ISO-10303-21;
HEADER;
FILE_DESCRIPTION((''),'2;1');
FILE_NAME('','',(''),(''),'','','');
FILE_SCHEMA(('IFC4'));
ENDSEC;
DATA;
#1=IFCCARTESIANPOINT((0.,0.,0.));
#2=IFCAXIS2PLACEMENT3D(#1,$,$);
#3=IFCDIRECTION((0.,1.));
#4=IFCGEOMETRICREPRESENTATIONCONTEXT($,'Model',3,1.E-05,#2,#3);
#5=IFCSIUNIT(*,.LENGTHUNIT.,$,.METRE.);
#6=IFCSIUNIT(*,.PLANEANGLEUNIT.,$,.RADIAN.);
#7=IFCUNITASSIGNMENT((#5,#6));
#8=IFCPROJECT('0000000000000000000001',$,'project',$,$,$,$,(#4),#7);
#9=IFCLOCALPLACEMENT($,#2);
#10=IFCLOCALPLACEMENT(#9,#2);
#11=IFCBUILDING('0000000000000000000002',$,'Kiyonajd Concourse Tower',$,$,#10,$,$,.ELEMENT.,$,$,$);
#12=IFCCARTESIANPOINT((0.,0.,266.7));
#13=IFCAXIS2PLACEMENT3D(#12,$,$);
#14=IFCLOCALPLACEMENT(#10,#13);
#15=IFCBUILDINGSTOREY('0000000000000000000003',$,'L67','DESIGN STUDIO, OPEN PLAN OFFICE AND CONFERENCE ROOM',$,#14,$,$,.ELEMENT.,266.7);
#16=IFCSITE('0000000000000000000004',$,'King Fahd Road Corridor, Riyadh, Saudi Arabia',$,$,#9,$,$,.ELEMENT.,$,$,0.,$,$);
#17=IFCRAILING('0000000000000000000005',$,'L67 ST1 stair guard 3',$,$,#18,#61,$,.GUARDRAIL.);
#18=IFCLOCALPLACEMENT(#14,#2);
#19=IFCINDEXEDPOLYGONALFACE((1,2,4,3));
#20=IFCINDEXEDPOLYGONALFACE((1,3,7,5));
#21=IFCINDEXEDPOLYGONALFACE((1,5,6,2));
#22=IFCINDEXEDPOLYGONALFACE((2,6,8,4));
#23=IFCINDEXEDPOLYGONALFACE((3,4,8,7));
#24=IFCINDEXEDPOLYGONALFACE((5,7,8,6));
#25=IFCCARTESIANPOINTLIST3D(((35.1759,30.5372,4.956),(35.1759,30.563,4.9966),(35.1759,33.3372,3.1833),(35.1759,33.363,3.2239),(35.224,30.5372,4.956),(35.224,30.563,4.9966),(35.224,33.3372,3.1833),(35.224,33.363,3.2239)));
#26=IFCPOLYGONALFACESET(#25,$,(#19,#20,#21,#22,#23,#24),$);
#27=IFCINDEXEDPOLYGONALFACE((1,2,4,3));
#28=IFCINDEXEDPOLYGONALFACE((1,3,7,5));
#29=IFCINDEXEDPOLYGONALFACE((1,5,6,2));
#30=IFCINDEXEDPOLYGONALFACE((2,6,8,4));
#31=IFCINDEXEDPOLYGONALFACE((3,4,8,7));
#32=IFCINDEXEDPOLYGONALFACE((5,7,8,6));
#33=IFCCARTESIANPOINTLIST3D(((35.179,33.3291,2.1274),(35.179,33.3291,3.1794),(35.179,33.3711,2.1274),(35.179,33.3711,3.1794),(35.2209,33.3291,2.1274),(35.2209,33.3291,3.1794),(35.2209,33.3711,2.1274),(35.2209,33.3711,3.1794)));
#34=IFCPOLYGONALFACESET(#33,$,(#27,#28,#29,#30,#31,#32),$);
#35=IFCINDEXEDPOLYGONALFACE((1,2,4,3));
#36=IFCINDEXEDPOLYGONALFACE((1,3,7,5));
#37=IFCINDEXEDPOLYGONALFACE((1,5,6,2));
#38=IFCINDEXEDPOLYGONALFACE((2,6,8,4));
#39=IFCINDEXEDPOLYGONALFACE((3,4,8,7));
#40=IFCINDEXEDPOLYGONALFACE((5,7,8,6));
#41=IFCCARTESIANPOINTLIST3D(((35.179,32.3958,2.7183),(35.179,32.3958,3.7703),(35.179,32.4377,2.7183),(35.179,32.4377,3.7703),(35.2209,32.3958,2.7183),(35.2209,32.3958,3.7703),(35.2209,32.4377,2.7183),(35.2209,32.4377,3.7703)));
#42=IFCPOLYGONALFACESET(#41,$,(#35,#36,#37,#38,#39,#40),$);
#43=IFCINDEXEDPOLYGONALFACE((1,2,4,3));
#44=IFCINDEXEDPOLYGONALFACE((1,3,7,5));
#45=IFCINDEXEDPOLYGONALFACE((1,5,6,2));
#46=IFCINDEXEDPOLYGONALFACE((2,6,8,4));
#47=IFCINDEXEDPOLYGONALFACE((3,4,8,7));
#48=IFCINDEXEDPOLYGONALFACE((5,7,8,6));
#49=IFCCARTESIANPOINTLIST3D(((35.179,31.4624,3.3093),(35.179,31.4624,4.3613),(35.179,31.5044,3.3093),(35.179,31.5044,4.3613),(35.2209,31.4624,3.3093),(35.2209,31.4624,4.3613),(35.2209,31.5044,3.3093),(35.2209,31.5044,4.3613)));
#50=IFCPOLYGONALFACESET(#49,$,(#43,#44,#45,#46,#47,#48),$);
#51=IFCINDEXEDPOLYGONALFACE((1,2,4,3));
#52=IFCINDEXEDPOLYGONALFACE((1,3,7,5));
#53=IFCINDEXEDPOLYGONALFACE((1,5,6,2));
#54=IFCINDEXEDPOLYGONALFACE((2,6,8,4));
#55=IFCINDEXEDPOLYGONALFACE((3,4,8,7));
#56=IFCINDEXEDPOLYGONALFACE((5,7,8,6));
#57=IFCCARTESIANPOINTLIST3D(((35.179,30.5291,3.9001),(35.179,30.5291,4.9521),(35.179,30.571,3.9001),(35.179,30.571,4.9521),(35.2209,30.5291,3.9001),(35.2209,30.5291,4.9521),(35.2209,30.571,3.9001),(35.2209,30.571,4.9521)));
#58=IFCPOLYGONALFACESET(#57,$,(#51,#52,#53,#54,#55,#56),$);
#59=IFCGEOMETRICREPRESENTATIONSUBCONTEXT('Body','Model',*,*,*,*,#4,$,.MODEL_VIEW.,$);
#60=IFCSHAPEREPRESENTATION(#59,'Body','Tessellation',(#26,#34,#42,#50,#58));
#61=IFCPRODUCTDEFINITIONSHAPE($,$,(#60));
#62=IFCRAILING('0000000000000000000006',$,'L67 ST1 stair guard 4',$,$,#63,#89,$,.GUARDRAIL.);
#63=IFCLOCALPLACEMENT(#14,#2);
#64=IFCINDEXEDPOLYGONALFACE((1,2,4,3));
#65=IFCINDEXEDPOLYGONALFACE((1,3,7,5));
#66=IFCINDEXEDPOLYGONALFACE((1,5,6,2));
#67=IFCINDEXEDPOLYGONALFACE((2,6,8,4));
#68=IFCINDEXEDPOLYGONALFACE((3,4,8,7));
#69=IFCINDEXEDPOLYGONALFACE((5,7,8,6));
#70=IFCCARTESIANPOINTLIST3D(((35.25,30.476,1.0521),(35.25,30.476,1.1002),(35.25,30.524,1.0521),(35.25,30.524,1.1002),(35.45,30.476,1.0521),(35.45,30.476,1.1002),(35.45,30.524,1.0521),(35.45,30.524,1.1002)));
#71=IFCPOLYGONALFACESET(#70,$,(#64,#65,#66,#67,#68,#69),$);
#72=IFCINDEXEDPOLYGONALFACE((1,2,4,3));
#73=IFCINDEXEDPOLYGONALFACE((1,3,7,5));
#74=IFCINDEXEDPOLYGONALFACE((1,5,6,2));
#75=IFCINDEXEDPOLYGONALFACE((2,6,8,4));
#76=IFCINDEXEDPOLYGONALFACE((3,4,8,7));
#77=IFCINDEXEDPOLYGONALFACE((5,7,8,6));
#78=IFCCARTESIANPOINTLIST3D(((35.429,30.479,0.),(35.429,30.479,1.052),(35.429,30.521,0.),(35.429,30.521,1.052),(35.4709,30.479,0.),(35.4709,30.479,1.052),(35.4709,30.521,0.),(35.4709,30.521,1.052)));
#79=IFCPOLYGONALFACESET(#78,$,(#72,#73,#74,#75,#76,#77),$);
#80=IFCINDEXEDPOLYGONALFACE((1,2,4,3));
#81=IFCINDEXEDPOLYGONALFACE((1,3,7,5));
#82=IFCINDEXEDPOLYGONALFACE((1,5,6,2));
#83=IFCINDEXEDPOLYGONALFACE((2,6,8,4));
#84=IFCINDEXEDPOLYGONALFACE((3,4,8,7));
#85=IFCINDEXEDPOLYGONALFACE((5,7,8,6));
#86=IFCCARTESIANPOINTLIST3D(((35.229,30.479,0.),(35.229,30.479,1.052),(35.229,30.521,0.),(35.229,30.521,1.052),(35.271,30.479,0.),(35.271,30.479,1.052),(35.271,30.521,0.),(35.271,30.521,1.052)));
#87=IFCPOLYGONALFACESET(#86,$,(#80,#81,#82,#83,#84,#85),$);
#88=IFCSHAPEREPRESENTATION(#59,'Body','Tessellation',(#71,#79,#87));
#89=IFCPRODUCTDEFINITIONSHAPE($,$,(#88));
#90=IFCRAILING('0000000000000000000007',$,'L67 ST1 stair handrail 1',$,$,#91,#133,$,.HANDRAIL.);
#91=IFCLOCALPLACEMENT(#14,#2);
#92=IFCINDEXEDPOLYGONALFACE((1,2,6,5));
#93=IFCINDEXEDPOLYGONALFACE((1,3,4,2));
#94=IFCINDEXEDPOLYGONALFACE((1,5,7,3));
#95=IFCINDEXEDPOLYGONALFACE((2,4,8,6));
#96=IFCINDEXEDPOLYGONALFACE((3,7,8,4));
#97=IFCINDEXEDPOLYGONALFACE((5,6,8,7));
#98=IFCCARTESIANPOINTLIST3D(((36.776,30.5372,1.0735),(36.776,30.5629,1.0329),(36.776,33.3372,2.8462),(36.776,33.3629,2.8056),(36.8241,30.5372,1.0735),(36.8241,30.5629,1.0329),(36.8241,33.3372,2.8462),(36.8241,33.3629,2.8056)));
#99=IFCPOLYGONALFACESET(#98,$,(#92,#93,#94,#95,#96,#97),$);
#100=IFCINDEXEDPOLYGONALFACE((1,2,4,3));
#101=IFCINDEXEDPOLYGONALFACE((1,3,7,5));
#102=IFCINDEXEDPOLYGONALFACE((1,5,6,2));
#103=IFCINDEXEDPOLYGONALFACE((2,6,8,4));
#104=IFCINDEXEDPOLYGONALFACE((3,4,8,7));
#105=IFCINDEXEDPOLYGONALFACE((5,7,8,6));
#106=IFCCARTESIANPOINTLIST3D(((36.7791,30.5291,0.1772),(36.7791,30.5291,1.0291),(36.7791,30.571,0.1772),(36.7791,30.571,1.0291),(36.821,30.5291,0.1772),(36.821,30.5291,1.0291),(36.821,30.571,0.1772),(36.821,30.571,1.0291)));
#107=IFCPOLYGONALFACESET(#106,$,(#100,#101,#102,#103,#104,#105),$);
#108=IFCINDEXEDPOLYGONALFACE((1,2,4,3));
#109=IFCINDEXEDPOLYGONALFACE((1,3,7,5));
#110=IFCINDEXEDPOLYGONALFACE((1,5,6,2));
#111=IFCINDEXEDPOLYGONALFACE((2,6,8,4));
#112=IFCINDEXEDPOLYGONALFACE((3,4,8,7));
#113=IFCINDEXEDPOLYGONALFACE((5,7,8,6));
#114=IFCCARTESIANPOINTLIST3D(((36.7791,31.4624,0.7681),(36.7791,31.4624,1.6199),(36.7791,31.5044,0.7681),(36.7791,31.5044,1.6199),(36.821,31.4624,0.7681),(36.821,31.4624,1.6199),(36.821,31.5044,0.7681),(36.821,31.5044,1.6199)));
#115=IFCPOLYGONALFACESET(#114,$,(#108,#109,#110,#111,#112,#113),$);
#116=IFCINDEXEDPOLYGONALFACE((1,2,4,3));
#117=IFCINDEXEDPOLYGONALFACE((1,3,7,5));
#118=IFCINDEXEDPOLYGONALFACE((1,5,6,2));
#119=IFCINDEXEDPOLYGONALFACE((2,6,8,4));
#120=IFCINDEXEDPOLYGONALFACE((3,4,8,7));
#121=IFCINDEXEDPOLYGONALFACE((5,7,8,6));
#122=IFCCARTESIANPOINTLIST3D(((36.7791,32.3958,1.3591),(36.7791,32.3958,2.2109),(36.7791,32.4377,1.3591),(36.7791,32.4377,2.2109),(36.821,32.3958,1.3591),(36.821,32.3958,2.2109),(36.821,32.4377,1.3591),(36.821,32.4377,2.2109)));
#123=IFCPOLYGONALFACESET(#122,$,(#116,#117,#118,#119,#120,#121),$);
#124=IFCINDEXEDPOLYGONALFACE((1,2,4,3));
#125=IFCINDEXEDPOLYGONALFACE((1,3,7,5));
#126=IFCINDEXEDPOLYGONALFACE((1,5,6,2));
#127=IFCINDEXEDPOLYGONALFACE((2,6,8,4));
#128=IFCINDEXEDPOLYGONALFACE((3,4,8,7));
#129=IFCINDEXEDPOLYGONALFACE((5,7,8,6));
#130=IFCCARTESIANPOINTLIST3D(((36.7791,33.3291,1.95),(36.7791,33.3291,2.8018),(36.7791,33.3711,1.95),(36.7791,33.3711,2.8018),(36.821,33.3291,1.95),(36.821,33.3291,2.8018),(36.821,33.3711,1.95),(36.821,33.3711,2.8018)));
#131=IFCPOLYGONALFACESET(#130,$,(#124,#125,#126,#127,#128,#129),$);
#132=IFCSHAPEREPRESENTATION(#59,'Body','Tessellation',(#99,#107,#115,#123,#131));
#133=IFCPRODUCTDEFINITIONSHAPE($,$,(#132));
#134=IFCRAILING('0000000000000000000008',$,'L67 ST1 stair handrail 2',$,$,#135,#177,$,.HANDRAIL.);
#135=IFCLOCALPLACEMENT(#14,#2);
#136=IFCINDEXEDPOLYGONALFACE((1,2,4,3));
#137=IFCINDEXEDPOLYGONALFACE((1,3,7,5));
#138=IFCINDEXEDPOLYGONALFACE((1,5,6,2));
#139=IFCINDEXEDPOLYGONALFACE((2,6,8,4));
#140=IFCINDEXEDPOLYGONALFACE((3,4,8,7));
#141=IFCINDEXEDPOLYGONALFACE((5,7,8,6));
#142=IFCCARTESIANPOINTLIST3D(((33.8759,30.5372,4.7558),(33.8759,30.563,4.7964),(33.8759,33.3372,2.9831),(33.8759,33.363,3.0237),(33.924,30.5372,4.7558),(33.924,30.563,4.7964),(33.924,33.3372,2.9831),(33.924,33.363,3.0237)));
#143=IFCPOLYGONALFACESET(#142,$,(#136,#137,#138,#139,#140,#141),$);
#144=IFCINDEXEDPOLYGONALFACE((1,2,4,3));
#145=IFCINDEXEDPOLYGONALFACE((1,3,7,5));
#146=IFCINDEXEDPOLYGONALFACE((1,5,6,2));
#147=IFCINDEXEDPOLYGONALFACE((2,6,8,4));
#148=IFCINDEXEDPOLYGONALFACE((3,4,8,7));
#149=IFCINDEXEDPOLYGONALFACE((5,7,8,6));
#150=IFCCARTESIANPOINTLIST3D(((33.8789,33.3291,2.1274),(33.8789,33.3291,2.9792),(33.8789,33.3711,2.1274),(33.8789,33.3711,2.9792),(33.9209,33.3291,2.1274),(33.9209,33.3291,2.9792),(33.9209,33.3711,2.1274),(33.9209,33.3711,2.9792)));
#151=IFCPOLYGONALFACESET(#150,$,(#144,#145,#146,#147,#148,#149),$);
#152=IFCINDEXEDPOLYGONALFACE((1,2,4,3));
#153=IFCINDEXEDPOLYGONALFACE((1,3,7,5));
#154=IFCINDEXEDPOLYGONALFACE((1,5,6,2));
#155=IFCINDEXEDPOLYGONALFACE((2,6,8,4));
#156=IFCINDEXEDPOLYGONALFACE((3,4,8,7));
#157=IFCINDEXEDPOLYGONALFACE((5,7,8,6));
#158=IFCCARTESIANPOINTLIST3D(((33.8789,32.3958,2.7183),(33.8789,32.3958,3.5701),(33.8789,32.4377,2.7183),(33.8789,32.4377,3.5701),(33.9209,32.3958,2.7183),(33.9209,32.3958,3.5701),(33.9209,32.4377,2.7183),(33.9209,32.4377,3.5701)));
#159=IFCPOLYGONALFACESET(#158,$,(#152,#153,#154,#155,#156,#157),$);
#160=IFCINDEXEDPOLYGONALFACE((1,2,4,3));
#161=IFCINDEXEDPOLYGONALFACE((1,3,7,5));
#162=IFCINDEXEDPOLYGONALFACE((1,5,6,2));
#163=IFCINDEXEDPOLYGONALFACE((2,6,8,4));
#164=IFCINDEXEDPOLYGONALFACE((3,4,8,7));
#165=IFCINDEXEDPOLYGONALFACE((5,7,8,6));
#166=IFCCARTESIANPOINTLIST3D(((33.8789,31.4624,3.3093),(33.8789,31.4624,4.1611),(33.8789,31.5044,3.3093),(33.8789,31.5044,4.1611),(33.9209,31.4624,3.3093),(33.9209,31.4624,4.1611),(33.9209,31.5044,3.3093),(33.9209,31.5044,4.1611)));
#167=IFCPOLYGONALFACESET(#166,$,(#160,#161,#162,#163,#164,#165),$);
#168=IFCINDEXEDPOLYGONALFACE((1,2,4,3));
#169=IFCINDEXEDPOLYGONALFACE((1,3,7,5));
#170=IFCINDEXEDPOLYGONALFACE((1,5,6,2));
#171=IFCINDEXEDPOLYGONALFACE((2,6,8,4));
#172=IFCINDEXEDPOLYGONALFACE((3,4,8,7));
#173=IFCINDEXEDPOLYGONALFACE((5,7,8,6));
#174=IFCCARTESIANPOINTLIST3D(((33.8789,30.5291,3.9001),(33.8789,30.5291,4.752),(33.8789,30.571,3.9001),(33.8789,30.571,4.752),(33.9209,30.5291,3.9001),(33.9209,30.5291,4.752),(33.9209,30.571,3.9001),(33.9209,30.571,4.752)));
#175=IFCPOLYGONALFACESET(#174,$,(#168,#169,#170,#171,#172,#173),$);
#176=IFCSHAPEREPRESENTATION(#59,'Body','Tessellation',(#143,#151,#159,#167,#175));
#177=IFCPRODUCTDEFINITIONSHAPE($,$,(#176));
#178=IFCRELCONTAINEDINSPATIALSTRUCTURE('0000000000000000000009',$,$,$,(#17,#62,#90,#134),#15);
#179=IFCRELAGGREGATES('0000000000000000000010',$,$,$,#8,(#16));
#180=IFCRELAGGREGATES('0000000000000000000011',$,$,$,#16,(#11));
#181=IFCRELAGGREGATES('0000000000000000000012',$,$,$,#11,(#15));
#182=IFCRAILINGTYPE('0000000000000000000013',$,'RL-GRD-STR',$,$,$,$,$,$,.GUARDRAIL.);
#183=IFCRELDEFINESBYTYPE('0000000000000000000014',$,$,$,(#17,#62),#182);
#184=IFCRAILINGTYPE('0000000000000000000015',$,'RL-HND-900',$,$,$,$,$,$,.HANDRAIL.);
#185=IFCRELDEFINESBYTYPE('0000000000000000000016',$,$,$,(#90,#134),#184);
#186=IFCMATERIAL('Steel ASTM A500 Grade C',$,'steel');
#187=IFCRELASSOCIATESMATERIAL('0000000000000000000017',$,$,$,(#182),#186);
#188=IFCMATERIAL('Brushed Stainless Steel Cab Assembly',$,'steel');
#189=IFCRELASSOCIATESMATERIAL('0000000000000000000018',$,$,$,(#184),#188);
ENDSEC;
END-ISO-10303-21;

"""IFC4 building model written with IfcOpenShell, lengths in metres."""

from ifc_helpers import new_model, si_unit, direction, frame, origin, origin_2d, place, context, subcontext, project, spatial, rectangle, extrude, material, type_object, element, save


model = new_model("IFC4")

# Units and contexts
model_context = context("Model", 3, precision=1e-05, world=origin(), true_north=direction((0.0, 1.0)))
body_context = subcontext(model_context, "Body", "Model", "MODEL_VIEW")
ifc_project = project(units=[si_unit("LENGTHUNIT", "METRE"), si_unit("PLANEANGLEUNIT", "RADIAN")], contexts=[model_context])

# Site, building, storey
site_placement = place(None, origin())
site = spatial("IfcSite", under=ifc_project, at=site_placement, Name="King Fahd Road Corridor, Riyadh, Saudi Arabia", CompositionType="ELEMENT", RefElevation=0.0)
building_placement = place(site_placement, origin())
building = spatial("IfcBuilding", under=site, at=building_placement, Name="Kiyonajd Concourse Tower", CompositionType="ELEMENT")
storey_placement = place(building_placement, frame((0.0, 0.0, 266.7)))
storey = spatial("IfcBuildingStorey", under=building, at=storey_placement, Name="L67", Description="DESIGN STUDIO, OPEN PLAN OFFICE AND CONFERENCE ROOM", CompositionType="ELEMENT", Elevation=266.7)

# Shared definitions
ifc_material_1 = material(Name="Brushed Stainless Steel Cab Assembly", Category="steel")

# Railings
ifc_material_2 = material(Name="Steel ASTM A500 Grade C", Category="steel")
railing_type_1 = type_object("IfcRailingType", Name="RL-GRD-STR", PredefinedType="GUARDRAIL", material=ifc_material_2)
railing_1_placement = place(storey_placement, frame((35.2, 33.3501, 2.1274)))
element("IfcRailing", 1, at=railing_1_placement, inside=storey, type_object=railing_type_1, Name="L67 ST1 stair guard 3", PredefinedType="GUARDRAIL", context=body_context, shape_type="SweptSolid", body=[
    extrude(rectangle(XDim=0.0481, YDim=0.0481, at=origin_2d()), frame((0.0, 0.0, 1.0762), z_axis=(0.0, -0.844909, 0.53491), x_axis=(1.0, 0.0, 0.0)), (0.0, 0.0, 1.0), 3.314),
    extrude(rectangle(XDim=0.042, YDim=0.042, at=origin_2d()), origin(), (0.0, 0.0, 1.0), 1.052),
    extrude(rectangle(XDim=0.042, YDim=0.042, at=origin_2d()), frame((0.0, -0.9333, 0.5908)), (0.0, 0.0, 1.0), 1.052),
    extrude(rectangle(XDim=0.042, YDim=0.042, at=origin_2d()), frame((0.0, -1.8667, 1.1819)), (0.0, 0.0, 1.0), 1.052),
    extrude(rectangle(XDim=0.042, YDim=0.042, at=origin_2d()), frame((0.0, -2.8, 1.7727)), (0.0, 0.0, 1.0), 1.052),
])
railing_2_placement = place(storey_placement, frame((35.45, 30.5, 0.0)))
element("IfcRailing", 2, at=railing_2_placement, inside=storey, type_object=railing_type_1, Name="L67 ST1 stair guard 4", PredefinedType="GUARDRAIL", context=body_context, shape_type="SweptSolid", body=[
    extrude(rectangle(XDim=0.0481, YDim=0.0481, at=origin_2d()), frame((0.0, 0.0, 1.0762), z_axis=(-1.0, 0.0, 0.0), x_axis=(0.0, -1.0, 0.0)), (0.0, 0.0, 1.0), 0.2),
    extrude(rectangle(XDim=0.042, YDim=0.042, at=origin_2d()), origin(), (0.0, 0.0, 1.0), 1.052),
    extrude(rectangle(XDim=0.042, YDim=0.042, at=origin_2d()), frame((-0.2, 0.0, 0.0)), (0.0, 0.0, 1.0), 1.052),
])
railing_type_2 = type_object("IfcRailingType", Name="RL-HND-900", PredefinedType="HANDRAIL", material=ifc_material_1)
railing_3_placement = place(storey_placement, frame((36.8, 30.55, 0.1772)))
element("IfcRailing", 3, at=railing_3_placement, inside=storey, type_object=railing_type_2, Name="L67 ST1 stair handrail 1", PredefinedType="HANDRAIL", context=body_context, shape_type="SweptSolid", body=[
    extrude(rectangle(XDim=0.0481, YDim=0.0481, at=origin_2d()), frame((0.0, 0.0, 0.876), z_axis=(0.0, 0.844909, 0.53491), x_axis=(-1.0, 0.0, 0.0)), (0.0, 0.0, 1.0), 3.314),
    extrude(rectangle(XDim=0.042, YDim=0.042, at=origin_2d()), origin(), (0.0, 0.0, 1.0), 0.8518),
    extrude(rectangle(XDim=0.042, YDim=0.042, at=origin_2d()), frame((0.0, 0.9333, 0.5908)), (0.0, 0.0, 1.0), 0.8518),
    extrude(rectangle(XDim=0.042, YDim=0.042, at=origin_2d()), frame((0.0, 1.8667, 1.1819)), (0.0, 0.0, 1.0), 0.8518),
    extrude(rectangle(XDim=0.042, YDim=0.042, at=origin_2d()), frame((0.0, 2.8, 1.7727)), (0.0, 0.0, 1.0), 0.8518),
])
railing_4_placement = place(storey_placement, frame((33.8999, 33.3501, 2.1274)))
element("IfcRailing", 4, at=railing_4_placement, inside=storey, type_object=railing_type_2, Name="L67 ST1 stair handrail 2", PredefinedType="HANDRAIL", context=body_context, shape_type="SweptSolid", body=[
    extrude(rectangle(XDim=0.0481, YDim=0.0481, at=origin_2d()), frame((0.0, 0.0, 0.876), z_axis=(0.0, -0.844909, 0.53491), x_axis=(1.0, 0.0, 0.0)), (0.0, 0.0, 1.0), 3.314),
    extrude(rectangle(XDim=0.042, YDim=0.042, at=origin_2d()), origin(), (0.0, 0.0, 1.0), 0.8518),
    extrude(rectangle(XDim=0.042, YDim=0.042, at=origin_2d()), frame((0.0, -0.9333, 0.5908)), (0.0, 0.0, 1.0), 0.8518),
    extrude(rectangle(XDim=0.042, YDim=0.042, at=origin_2d()), frame((0.0, -1.8667, 1.1819)), (0.0, 0.0, 1.0), 0.8518),
    extrude(rectangle(XDim=0.042, YDim=0.042, at=origin_2d()), frame((0.0, -2.8, 1.7727)), (0.0, 0.0, 1.0), 0.8518),
])

save(model, "model.ifc")
